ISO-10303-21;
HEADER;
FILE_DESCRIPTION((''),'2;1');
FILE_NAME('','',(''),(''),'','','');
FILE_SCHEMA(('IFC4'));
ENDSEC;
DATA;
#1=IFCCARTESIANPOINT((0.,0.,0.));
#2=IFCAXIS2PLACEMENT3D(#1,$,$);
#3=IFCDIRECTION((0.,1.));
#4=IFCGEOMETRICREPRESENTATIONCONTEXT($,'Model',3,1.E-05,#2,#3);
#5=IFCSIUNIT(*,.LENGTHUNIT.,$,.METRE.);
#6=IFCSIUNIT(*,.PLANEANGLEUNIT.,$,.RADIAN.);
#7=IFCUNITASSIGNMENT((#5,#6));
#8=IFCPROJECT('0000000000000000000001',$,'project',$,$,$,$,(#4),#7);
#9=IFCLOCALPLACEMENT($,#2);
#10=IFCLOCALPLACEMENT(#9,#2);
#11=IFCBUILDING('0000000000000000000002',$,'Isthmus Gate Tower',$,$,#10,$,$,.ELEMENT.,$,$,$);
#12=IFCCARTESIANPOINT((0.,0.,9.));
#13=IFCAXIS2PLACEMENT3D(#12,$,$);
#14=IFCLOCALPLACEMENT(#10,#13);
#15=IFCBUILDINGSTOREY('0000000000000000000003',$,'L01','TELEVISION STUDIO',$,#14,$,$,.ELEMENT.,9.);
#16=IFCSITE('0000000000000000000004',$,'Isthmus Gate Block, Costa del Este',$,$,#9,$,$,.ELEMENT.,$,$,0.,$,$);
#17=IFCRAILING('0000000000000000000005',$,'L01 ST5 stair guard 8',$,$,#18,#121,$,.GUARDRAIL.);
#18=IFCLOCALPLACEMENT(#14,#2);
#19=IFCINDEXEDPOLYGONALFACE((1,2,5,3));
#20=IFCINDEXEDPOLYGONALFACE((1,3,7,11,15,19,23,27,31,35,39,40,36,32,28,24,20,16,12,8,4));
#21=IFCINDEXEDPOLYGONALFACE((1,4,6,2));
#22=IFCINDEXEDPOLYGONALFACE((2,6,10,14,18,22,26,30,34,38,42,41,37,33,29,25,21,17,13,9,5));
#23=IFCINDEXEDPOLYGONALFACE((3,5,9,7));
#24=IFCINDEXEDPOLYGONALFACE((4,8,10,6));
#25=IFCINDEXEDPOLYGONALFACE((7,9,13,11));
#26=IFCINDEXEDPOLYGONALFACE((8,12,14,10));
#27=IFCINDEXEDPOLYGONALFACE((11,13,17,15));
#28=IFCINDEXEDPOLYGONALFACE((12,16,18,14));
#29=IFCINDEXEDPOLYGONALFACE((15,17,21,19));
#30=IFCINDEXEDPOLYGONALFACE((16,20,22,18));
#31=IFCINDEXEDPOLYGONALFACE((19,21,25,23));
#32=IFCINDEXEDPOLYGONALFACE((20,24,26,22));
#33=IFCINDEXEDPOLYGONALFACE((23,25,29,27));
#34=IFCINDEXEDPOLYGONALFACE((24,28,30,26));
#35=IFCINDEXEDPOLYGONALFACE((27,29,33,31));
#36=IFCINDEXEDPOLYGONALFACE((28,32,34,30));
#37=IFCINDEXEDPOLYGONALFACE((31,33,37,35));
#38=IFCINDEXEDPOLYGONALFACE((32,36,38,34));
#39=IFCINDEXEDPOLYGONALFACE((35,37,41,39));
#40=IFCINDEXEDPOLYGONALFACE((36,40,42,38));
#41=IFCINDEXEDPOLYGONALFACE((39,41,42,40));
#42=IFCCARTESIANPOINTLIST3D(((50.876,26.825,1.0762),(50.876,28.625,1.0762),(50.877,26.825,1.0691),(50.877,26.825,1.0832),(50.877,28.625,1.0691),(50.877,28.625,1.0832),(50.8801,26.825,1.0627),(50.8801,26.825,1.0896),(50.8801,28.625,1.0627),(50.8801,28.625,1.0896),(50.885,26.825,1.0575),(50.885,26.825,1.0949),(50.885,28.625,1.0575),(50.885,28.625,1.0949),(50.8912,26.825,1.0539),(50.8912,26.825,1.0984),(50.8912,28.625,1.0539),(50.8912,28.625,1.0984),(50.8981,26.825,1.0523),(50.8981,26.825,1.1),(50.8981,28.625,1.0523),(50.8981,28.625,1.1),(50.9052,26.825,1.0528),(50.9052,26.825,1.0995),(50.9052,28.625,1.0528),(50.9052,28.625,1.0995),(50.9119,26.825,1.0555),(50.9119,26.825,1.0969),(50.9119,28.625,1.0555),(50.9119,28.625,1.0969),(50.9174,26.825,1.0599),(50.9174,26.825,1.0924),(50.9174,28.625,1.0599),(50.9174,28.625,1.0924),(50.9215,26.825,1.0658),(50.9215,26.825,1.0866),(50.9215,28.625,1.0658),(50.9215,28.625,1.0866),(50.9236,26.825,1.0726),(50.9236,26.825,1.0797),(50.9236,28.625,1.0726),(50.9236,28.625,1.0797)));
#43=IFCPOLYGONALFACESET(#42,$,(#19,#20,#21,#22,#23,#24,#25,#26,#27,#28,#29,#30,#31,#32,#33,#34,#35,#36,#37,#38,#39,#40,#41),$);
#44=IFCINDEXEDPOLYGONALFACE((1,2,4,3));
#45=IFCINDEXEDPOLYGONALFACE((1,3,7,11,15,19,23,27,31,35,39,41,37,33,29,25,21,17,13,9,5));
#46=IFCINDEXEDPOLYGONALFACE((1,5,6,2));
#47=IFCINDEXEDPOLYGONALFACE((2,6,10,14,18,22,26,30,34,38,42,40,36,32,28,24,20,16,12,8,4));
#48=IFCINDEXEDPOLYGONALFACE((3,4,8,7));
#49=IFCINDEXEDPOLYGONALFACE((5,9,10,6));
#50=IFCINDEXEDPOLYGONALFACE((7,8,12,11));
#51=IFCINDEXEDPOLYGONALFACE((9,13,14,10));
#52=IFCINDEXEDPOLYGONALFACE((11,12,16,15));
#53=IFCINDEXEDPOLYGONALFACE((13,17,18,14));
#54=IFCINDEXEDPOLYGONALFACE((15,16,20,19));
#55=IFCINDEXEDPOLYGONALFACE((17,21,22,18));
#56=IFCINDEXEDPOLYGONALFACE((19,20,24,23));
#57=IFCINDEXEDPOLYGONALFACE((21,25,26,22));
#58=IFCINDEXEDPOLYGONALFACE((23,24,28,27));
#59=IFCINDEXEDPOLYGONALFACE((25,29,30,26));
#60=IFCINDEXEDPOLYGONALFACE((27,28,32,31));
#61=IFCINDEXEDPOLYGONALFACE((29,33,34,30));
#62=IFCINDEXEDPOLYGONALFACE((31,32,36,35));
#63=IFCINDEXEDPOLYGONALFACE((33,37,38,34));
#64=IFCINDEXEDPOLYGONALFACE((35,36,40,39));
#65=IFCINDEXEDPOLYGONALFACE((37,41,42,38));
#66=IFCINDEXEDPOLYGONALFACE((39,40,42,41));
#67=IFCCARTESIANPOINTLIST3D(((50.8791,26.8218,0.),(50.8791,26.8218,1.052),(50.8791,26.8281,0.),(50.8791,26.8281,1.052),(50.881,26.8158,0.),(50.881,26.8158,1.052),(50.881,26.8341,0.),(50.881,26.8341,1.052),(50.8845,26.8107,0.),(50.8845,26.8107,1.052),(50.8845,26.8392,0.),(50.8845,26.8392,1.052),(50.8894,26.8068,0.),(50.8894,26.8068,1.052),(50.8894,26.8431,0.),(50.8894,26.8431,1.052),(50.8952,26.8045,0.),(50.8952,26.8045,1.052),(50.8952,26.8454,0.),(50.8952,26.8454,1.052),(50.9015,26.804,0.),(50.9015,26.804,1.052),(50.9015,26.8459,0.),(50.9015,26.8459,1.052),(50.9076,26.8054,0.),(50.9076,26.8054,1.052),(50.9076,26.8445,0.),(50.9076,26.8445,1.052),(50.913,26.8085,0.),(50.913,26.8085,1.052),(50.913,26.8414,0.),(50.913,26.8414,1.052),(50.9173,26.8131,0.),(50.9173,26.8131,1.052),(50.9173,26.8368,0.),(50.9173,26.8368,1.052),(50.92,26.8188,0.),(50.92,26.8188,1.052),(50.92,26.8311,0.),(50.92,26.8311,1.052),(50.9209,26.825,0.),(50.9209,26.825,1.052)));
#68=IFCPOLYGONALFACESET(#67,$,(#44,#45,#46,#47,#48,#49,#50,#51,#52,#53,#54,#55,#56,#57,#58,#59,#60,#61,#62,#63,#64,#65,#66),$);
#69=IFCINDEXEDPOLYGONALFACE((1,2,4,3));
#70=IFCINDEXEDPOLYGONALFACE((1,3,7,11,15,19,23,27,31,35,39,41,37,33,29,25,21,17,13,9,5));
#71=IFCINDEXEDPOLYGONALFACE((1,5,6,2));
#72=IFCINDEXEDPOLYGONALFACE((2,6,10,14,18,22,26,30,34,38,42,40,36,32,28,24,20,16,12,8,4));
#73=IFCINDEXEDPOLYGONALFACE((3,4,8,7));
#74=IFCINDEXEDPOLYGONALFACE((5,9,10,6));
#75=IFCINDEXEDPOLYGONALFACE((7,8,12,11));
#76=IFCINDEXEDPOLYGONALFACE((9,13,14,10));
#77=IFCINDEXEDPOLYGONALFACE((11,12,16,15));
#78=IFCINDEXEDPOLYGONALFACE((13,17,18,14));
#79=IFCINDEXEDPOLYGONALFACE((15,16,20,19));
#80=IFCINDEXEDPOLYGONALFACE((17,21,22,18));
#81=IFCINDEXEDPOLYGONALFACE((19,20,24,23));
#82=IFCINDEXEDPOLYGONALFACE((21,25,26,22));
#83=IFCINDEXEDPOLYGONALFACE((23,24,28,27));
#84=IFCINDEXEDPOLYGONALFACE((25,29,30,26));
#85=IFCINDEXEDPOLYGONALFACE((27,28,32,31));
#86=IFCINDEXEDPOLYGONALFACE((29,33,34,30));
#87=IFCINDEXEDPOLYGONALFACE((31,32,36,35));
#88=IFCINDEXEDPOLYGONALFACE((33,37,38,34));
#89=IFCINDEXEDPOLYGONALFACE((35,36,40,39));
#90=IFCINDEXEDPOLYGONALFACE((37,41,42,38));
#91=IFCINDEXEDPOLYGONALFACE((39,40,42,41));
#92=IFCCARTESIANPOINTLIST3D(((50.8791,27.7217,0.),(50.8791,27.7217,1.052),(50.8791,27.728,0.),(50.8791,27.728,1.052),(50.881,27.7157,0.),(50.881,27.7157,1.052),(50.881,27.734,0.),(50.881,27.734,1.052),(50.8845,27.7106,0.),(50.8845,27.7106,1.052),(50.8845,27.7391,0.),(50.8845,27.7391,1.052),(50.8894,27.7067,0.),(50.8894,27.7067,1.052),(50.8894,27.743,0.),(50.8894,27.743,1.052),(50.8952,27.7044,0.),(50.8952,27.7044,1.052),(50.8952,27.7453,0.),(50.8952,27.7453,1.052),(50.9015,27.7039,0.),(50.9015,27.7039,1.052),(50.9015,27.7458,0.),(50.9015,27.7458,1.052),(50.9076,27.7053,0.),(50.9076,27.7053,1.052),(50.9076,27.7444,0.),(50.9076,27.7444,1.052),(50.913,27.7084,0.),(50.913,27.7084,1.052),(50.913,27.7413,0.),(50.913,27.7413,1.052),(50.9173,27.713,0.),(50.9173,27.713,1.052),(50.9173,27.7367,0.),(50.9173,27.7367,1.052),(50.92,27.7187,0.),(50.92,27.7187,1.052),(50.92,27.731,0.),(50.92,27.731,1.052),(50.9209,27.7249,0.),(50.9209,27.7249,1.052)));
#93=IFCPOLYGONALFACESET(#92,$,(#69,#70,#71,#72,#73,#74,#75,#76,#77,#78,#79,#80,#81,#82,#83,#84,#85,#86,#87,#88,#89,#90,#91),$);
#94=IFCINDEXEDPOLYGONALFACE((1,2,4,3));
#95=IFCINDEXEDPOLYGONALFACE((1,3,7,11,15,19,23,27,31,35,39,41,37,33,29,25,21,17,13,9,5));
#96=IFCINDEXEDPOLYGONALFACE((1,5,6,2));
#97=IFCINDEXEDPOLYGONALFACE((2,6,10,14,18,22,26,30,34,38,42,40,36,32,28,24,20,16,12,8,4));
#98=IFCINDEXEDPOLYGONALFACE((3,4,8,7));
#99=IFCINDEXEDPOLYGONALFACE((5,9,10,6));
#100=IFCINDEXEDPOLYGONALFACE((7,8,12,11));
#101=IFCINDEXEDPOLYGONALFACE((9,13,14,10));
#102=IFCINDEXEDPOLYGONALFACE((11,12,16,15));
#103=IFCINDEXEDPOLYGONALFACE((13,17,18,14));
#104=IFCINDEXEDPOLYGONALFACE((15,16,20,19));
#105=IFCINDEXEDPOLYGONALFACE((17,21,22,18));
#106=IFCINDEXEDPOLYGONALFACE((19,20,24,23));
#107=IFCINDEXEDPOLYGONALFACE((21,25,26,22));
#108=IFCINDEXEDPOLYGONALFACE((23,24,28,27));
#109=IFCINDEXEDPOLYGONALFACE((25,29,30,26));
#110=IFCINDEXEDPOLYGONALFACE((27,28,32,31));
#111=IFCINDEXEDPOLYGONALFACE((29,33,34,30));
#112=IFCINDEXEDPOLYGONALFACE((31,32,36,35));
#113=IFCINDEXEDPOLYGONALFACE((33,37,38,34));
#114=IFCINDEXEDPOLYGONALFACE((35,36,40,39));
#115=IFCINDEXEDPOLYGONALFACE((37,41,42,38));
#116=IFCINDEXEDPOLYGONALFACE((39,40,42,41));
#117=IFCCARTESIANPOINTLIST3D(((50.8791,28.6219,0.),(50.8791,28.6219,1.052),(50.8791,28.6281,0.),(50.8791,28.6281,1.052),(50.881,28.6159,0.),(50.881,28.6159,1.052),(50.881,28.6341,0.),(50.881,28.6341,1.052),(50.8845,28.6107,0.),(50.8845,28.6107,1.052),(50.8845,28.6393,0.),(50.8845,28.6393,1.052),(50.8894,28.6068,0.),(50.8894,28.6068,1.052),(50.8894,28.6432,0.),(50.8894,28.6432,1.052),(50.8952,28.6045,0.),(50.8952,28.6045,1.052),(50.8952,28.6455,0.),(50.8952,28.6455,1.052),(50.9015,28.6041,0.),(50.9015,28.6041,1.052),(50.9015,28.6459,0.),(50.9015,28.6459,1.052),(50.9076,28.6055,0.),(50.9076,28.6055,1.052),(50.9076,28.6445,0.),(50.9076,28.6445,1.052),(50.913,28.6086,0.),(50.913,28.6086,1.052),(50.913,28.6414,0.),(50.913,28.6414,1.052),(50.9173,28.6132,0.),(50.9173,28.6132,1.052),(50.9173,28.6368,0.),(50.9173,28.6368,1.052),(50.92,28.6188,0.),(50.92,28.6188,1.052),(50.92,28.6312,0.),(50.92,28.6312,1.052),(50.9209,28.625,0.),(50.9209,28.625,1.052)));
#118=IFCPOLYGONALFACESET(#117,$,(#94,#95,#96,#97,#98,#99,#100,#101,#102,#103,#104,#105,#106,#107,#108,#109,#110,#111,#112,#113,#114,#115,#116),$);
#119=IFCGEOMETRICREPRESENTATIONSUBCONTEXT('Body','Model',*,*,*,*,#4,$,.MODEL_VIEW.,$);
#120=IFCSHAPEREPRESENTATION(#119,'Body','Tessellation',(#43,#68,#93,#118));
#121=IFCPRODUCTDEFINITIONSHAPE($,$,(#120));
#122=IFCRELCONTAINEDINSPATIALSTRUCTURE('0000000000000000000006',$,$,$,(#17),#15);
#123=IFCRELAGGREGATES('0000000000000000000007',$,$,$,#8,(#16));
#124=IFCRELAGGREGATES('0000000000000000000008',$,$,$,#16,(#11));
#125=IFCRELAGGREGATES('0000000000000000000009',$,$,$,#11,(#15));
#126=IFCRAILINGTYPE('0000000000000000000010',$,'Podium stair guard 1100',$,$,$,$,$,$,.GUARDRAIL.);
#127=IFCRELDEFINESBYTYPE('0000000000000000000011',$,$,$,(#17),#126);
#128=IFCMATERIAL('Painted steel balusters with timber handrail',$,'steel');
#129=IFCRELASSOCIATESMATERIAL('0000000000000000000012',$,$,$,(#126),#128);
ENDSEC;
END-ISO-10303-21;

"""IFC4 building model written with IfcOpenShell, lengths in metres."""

from ifc_helpers import new_model, si_unit, direction, frame, origin, origin_2d, place, context, subcontext, project, spatial, circle, extrude, material, type_object, element, save


model = new_model("IFC4")

# Units and contexts
model_context = context("Model", 3, precision=1e-05, world=origin(), true_north=direction((0.0, 1.0)))
body_context = subcontext(model_context, "Body", "Model", "MODEL_VIEW")
ifc_project = project(units=[si_unit("LENGTHUNIT", "METRE"), si_unit("PLANEANGLEUNIT", "RADIAN")], contexts=[model_context])

# Site, building, storey
site_placement = place(None, origin())
site = spatial("IfcSite", under=ifc_project, at=site_placement, Name="Isthmus Gate Block, Costa del Este", CompositionType="ELEMENT", RefElevation=0.0)
building_placement = place(site_placement, origin())
building = spatial("IfcBuilding", under=site, at=building_placement, Name="Isthmus Gate Tower", CompositionType="ELEMENT")
storey_placement = place(building_placement, frame((0.0, 0.0, 9.0)))
storey = spatial("IfcBuildingStorey", under=building, at=storey_placement, Name="L01", Description="TELEVISION STUDIO", CompositionType="ELEMENT", Elevation=9.0)

# Railing
ifc_material_1 = material(Name="Painted steel balusters with timber handrail", Category="steel")
railing_type_1 = type_object("IfcRailingType", Name="Podium stair guard 1100", PredefinedType="GUARDRAIL", material=ifc_material_1)
railing_1_placement = place(storey_placement, frame((50.8999, 26.825, 0.0)))
element("IfcRailing", 1, at=railing_1_placement, inside=storey, type_object=railing_type_1, Name="L01 ST5 stair guard 8", PredefinedType="GUARDRAIL", context=body_context, shape_type="SweptSolid", body=[
    extrude(circle(Radius=0.0239, at=origin_2d()), frame((0.0, 0.0, 1.0762), z_axis=(0.0, 1.0, 0.0), x_axis=(-1.0, 0.0, 0.0)), (0.0, 0.0, 1.0), 1.8),
    extrude(circle(Radius=0.021, at=origin_2d()), origin(), (0.0, 0.0, 1.0), 1.052),
    extrude(circle(Radius=0.021, at=origin_2d()), frame((0.0, 0.8999, 0.0)), (0.0, 0.0, 1.0), 1.052),
    extrude(circle(Radius=0.021, at=origin_2d()), frame((0.0, 1.8, 0.0)), (0.0, 0.0, 1.0), 1.052),
])

save(model, "model.ifc")
